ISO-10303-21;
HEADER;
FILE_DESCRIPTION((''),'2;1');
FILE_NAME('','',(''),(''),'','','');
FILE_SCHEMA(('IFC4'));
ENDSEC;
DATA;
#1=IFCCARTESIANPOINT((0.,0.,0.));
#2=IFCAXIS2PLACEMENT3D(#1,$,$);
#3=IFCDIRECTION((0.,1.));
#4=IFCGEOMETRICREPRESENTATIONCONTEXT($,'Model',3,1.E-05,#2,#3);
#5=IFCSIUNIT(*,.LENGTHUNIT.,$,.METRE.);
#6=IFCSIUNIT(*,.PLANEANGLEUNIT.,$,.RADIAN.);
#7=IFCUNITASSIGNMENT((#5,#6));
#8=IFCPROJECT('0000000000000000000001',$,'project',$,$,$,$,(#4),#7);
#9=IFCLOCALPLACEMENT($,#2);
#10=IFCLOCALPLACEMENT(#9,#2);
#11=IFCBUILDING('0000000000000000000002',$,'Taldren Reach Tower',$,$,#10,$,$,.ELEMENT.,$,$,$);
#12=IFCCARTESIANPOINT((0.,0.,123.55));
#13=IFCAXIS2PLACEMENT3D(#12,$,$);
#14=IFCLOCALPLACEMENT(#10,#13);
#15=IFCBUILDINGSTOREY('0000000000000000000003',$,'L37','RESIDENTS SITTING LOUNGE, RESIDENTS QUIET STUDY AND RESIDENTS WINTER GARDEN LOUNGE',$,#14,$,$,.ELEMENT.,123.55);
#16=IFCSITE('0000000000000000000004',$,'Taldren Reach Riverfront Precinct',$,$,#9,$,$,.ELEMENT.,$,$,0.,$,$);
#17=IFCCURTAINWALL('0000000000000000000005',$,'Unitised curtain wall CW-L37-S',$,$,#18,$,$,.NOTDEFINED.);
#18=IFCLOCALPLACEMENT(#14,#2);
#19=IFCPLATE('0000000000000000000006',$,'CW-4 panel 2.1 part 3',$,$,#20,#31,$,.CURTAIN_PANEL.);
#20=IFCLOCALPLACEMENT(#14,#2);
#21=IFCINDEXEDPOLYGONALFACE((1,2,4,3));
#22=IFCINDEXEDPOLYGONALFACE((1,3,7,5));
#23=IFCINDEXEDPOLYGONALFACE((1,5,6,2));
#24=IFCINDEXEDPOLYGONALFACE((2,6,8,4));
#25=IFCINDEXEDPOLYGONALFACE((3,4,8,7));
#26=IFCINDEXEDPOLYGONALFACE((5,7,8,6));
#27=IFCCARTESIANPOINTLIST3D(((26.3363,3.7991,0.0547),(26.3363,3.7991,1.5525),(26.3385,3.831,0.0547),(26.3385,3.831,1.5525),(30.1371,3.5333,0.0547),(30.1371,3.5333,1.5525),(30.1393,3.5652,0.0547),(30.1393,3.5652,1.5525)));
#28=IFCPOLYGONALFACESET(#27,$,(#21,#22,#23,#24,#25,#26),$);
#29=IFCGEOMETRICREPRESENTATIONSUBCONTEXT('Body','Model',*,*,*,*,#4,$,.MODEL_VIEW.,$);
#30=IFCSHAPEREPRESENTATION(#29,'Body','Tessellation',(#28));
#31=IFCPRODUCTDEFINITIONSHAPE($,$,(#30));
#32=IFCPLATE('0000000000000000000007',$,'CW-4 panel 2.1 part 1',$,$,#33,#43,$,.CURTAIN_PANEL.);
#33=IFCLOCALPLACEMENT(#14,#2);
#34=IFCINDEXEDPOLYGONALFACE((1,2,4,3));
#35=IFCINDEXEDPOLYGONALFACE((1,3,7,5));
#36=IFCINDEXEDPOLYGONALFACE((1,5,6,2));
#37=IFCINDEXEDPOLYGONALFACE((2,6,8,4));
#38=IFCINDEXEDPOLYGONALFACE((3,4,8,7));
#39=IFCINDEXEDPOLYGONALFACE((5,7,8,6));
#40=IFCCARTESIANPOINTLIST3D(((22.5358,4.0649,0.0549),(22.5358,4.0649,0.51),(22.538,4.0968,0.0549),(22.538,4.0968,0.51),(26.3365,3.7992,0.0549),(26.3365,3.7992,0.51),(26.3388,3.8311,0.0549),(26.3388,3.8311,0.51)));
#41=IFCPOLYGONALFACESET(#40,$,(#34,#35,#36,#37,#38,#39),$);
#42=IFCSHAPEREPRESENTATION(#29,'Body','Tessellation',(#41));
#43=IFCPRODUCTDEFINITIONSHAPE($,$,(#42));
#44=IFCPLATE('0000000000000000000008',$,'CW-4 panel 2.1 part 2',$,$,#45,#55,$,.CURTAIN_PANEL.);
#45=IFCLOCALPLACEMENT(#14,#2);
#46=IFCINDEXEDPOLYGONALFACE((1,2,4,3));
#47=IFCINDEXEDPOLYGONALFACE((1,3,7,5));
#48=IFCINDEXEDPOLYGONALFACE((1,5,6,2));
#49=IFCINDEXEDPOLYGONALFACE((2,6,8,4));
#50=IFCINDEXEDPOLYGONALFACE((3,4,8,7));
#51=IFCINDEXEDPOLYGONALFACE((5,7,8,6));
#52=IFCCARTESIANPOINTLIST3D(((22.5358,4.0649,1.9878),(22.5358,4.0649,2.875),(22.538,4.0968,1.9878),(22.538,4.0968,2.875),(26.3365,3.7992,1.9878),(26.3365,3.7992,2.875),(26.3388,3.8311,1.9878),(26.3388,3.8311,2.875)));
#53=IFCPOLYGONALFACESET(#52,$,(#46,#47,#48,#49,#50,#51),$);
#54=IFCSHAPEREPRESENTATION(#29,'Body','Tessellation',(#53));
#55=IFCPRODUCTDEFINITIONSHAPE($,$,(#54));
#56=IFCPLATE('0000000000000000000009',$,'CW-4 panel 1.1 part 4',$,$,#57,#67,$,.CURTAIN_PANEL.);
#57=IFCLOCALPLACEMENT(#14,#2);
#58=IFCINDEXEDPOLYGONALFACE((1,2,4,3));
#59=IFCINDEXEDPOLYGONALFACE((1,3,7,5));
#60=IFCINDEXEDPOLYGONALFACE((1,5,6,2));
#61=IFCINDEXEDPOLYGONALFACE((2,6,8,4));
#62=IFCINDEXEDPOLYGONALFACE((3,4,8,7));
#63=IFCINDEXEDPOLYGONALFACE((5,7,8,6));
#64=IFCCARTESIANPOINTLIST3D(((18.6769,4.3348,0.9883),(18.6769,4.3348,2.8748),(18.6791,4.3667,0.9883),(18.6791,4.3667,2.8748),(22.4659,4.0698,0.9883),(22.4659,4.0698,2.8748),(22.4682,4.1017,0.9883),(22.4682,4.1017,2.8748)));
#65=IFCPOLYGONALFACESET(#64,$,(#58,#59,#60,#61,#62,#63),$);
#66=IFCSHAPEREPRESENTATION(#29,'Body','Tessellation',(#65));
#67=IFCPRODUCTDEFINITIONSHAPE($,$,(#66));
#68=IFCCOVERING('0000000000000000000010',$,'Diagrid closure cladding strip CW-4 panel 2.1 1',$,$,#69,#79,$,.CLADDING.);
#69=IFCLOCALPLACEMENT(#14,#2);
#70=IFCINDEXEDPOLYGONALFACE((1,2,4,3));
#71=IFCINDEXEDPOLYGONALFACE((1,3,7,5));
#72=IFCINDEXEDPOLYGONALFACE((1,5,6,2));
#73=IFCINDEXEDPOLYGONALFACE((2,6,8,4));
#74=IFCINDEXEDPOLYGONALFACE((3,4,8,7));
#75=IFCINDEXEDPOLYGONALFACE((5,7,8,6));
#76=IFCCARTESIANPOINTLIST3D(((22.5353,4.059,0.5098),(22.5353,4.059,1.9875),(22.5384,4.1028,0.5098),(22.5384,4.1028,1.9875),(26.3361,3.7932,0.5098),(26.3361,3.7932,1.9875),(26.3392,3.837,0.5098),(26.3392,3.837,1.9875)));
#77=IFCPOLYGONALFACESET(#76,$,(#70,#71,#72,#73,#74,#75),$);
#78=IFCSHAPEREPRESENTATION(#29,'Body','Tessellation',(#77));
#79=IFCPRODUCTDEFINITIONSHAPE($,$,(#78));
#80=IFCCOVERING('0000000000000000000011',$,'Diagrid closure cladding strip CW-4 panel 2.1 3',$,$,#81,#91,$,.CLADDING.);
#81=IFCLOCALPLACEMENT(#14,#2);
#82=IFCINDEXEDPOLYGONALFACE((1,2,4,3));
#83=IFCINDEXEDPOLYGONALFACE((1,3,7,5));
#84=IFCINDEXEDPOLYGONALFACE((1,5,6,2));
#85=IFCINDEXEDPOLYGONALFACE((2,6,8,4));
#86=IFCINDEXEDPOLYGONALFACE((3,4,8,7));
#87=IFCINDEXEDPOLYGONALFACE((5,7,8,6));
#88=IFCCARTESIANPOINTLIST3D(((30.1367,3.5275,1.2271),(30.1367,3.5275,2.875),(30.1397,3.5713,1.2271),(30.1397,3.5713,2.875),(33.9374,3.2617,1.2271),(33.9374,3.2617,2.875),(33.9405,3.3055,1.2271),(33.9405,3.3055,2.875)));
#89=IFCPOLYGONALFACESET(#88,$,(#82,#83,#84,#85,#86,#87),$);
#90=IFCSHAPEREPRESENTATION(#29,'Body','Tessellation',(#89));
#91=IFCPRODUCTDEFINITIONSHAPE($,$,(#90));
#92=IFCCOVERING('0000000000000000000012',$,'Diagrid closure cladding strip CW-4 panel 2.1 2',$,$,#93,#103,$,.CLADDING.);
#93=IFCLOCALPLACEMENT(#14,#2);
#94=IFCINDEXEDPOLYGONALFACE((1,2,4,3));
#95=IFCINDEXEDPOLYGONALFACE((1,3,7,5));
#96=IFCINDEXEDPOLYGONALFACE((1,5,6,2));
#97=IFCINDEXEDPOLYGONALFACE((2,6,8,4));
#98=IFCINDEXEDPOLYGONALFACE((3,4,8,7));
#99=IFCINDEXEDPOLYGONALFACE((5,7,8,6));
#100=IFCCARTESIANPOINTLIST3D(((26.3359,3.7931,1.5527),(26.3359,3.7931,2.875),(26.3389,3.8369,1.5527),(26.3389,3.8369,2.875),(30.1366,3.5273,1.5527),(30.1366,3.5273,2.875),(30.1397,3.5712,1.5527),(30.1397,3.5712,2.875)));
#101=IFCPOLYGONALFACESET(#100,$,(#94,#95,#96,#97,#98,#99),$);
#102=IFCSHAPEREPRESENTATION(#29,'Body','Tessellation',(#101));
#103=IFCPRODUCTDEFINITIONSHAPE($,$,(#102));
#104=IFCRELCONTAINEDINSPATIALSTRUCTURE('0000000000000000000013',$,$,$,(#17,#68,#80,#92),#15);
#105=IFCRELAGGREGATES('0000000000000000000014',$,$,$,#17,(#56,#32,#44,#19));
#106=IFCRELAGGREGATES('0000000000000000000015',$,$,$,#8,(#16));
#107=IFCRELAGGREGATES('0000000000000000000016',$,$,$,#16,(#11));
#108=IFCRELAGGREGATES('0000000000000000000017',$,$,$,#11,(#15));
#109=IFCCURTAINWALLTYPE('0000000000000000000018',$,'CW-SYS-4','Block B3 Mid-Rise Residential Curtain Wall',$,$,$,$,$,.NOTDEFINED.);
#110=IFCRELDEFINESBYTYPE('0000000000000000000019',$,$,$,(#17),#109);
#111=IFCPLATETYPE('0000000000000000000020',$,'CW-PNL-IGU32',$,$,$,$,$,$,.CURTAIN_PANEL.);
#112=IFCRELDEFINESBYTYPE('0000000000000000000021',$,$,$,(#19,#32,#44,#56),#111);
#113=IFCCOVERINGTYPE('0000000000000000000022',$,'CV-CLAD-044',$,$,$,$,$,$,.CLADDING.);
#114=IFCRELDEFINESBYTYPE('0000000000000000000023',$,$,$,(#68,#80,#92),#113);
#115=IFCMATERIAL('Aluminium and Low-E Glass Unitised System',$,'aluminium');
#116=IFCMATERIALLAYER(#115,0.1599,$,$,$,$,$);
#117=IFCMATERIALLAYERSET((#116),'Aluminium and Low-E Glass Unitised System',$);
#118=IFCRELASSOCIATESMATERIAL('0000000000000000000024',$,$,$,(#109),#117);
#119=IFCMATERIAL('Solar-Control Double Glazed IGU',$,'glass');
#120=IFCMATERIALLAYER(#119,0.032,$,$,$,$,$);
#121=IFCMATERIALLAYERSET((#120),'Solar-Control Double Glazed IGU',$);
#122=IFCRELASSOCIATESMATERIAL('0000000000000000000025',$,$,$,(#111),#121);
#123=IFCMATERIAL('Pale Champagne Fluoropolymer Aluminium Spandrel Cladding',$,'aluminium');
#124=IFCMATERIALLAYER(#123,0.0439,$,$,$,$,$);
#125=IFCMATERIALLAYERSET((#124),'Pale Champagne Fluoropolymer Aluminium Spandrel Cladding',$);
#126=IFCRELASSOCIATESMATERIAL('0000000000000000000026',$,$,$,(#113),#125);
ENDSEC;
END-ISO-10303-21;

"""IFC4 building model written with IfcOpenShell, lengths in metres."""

from ifc_helpers import new_model, si_unit, direction, frame, origin, origin_2d, place, context, subcontext, project, spatial, rectangle, extrude, source, transform, mapped, material, layer, layer_set, type_object, element, aggregate, save


model = new_model("IFC4")

# Units and contexts
model_context = context("Model", 3, precision=1e-05, world=origin(), true_north=direction((0.0, 1.0)))
body_context = subcontext(model_context, "Body", "Model", "MODEL_VIEW")
ifc_project = project(units=[si_unit("LENGTHUNIT", "METRE"), si_unit("PLANEANGLEUNIT", "RADIAN")], contexts=[model_context])

# Site, building, storey
site_placement = place(None, origin())
site = spatial("IfcSite", under=ifc_project, at=site_placement, Name="Taldren Reach Riverfront Precinct", CompositionType="ELEMENT", RefElevation=0.0)
building_placement = place(site_placement, origin())
building = spatial("IfcBuilding", under=site, at=building_placement, Name="Taldren Reach Tower", CompositionType="ELEMENT")
storey_placement = place(building_placement, frame((0.0, 0.0, 123.55)))
storey = spatial("IfcBuildingStorey", under=building, at=storey_placement, Name="L37", Description="RESIDENTS SITTING LOUNGE, RESIDENTS QUIET STUDY AND RESIDENTS WINTER GARDEN LOUNGE", CompositionType="ELEMENT", Elevation=123.55)

# Curtain wall
ifc_material_1 = material(Name="Aluminium and Low-E Glass Unitised System", Category="aluminium")
ifc_layer_1 = layer(ifc_material_1, 0.1599)
ifc_layer_set_1 = layer_set([ifc_layer_1], Name="Aluminium and Low-E Glass Unitised System")
curtain_wall_type = type_object("IfcCurtainWallType", Name="CW-SYS-4", Description="Block B3 Mid-Rise Residential Curtain Wall", PredefinedType="NOTDEFINED", material=ifc_layer_set_1)
curtain_wall_placement = place(storey_placement, origin())
curtain_wall = element("IfcCurtainWall", 1, at=curtain_wall_placement, inside=storey, type_object=curtain_wall_type, Name="Unitised curtain wall CW-L37-S", PredefinedType="NOTDEFINED")

# Plates
ifc_material_2 = material(Name="Solar-Control Double Glazed IGU", Category="glass")
ifc_layer_2 = layer(ifc_material_2, 0.032)
ifc_layer_set_2 = layer_set([ifc_layer_2], Name="Solar-Control Double Glazed IGU")
plate_type_1 = type_object("IfcPlateType", Name="CW-PNL-IGU32", PredefinedType="CURTAIN_PANEL", material=ifc_layer_set_2)
shared_shape_1 = source(origin(), body_context, "Body", "SweptSolid", [
    extrude(rectangle(XDim=3.8101, YDim=0.032, at=origin_2d()), origin(), (0.0, 0.0, 1.0), 1.4978),
])
plate_1_placement = place(storey_placement, frame((28.2378, 3.6821, 0.0547), z_axis=(0.0, 0.0, 1.0), x_axis=(0.997564, -0.069757, 0.0)))
plate_1 = element("IfcPlate", 2, at=plate_1_placement, type_object=plate_type_1, Name="CW-4 panel 2.1 part 3", PredefinedType="CURTAIN_PANEL", context=body_context, shape_type="MappedRepresentation", body=[
    mapped(shared_shape_1, transform((0.0, 0.0, 0.0), scale=1.0)),
])
shared_shape_2 = source(origin(), body_context, "Body", "SweptSolid", [
    extrude(rectangle(XDim=3.8101, YDim=0.032, at=origin_2d()), origin(), (0.0, 0.0, 1.0), 0.4551),
])
plate_2_placement = place(storey_placement, frame((24.4373, 3.948, 0.0549), z_axis=(0.0, 0.0, 1.0), x_axis=(0.997564, -0.069757, 0.0)))
plate_2 = element("IfcPlate", 3, at=plate_2_placement, type_object=plate_type_1, Name="CW-4 panel 2.1 part 1", PredefinedType="CURTAIN_PANEL", context=body_context, shape_type="MappedRepresentation", body=[
    mapped(shared_shape_2, transform((0.0, 0.0, 0.0), scale=1.0)),
])
shared_shape_3 = source(origin(), body_context, "Body", "SweptSolid", [
    extrude(rectangle(XDim=3.8101, YDim=0.032, at=origin_2d()), origin(), (0.0, 0.0, 1.0), 0.8872),
])
plate_3_placement = place(storey_placement, frame((24.4373, 3.948, 1.9878), z_axis=(0.0, 0.0, 1.0), x_axis=(0.997564, -0.069757, 0.0)))
plate_3 = element("IfcPlate", 4, at=plate_3_placement, type_object=plate_type_1, Name="CW-4 panel 2.1 part 2", PredefinedType="CURTAIN_PANEL", context=body_context, shape_type="MappedRepresentation", body=[
    mapped(shared_shape_3, transform((0.0, 0.0, 0.0), scale=1.0)),
])
shared_shape_4 = source(origin(), body_context, "Body", "SweptSolid", [
    extrude(rectangle(XDim=3.7983, YDim=0.032, at=origin_2d()), origin(), (0.0, 0.0, 1.0), 1.8865),
])
plate_4_placement = place(storey_placement, frame((20.5725, 4.2183, 0.9883), z_axis=(0.0, 0.0, 1.0), x_axis=(0.997564, -0.069757, 0.0)))
plate_4 = element("IfcPlate", 5, at=plate_4_placement, type_object=plate_type_1, Name="CW-4 panel 1.1 part 4", PredefinedType="CURTAIN_PANEL", context=body_context, shape_type="MappedRepresentation", body=[
    mapped(shared_shape_4, transform((0.0, 0.0, 0.0), scale=1.0)),
])
aggregate(curtain_wall, [plate_4, plate_2, plate_3, plate_1])

# Coverings
ifc_material_3 = material(Name="Pale Champagne Fluoropolymer Aluminium Spandrel Cladding", Category="aluminium")
ifc_layer_3 = layer(ifc_material_3, 0.0439)
ifc_layer_set_3 = layer_set([ifc_layer_3], Name="Pale Champagne Fluoropolymer Aluminium Spandrel Cladding")
covering_type = type_object("IfcCoveringType", Name="CV-CLAD-044", PredefinedType="CLADDING", material=ifc_layer_set_3)
shared_shape_5 = source(origin(), body_context, "Body", "SweptSolid", [
    extrude(rectangle(XDim=3.8101, YDim=0.0439, at=origin_2d()), origin(), (0.0, 0.0, 1.0), 1.4778),
])
covering_1_placement = place(storey_placement, frame((24.4373, 3.948, 0.5098), z_axis=(0.0, 0.0, 1.0), x_axis=(0.997564, -0.069757, 0.0)))
element("IfcCovering", 6, at=covering_1_placement, inside=storey, type_object=covering_type, Name="Diagrid closure cladding strip CW-4 panel 2.1 1", PredefinedType="CLADDING", context=body_context, shape_type="MappedRepresentation", body=[
    mapped(shared_shape_5, transform((0.0, 0.0, 0.0), scale=1.0)),
])
shared_shape_6 = source(origin(), body_context, "Body", "SweptSolid", [
    extrude(rectangle(XDim=3.8101, YDim=0.0439, at=origin_2d()), origin(), (0.0, 0.0, 1.0), 1.6479),
])
covering_2_placement = place(storey_placement, frame((32.0386, 3.4165, 1.2271), z_axis=(0.0, 0.0, 1.0), x_axis=(0.997564, -0.069757, 0.0)))
element("IfcCovering", 7, at=covering_2_placement, inside=storey, type_object=covering_type, Name="Diagrid closure cladding strip CW-4 panel 2.1 3", PredefinedType="CLADDING", context=body_context, shape_type="MappedRepresentation", body=[
    mapped(shared_shape_6, transform((0.0, 0.0, 0.0), scale=1.0)),
])
shared_shape_7 = source(origin(), body_context, "Body", "SweptSolid", [
    extrude(rectangle(XDim=3.8101, YDim=0.0439, at=origin_2d()), origin(), (0.0, 0.0, 1.0), 1.3223),
])
covering_3_placement = place(storey_placement, frame((28.2378, 3.6821, 1.5527), z_axis=(0.0, 0.0, 1.0), x_axis=(0.997564, -0.069757, 0.0)))
element("IfcCovering", 8, at=covering_3_placement, inside=storey, type_object=covering_type, Name="Diagrid closure cladding strip CW-4 panel 2.1 2", PredefinedType="CLADDING", context=body_context, shape_type="MappedRepresentation", body=[
    mapped(shared_shape_7, transform((0.0, 0.0, 0.0), scale=1.0)),
])

save(model, "model.ifc")
